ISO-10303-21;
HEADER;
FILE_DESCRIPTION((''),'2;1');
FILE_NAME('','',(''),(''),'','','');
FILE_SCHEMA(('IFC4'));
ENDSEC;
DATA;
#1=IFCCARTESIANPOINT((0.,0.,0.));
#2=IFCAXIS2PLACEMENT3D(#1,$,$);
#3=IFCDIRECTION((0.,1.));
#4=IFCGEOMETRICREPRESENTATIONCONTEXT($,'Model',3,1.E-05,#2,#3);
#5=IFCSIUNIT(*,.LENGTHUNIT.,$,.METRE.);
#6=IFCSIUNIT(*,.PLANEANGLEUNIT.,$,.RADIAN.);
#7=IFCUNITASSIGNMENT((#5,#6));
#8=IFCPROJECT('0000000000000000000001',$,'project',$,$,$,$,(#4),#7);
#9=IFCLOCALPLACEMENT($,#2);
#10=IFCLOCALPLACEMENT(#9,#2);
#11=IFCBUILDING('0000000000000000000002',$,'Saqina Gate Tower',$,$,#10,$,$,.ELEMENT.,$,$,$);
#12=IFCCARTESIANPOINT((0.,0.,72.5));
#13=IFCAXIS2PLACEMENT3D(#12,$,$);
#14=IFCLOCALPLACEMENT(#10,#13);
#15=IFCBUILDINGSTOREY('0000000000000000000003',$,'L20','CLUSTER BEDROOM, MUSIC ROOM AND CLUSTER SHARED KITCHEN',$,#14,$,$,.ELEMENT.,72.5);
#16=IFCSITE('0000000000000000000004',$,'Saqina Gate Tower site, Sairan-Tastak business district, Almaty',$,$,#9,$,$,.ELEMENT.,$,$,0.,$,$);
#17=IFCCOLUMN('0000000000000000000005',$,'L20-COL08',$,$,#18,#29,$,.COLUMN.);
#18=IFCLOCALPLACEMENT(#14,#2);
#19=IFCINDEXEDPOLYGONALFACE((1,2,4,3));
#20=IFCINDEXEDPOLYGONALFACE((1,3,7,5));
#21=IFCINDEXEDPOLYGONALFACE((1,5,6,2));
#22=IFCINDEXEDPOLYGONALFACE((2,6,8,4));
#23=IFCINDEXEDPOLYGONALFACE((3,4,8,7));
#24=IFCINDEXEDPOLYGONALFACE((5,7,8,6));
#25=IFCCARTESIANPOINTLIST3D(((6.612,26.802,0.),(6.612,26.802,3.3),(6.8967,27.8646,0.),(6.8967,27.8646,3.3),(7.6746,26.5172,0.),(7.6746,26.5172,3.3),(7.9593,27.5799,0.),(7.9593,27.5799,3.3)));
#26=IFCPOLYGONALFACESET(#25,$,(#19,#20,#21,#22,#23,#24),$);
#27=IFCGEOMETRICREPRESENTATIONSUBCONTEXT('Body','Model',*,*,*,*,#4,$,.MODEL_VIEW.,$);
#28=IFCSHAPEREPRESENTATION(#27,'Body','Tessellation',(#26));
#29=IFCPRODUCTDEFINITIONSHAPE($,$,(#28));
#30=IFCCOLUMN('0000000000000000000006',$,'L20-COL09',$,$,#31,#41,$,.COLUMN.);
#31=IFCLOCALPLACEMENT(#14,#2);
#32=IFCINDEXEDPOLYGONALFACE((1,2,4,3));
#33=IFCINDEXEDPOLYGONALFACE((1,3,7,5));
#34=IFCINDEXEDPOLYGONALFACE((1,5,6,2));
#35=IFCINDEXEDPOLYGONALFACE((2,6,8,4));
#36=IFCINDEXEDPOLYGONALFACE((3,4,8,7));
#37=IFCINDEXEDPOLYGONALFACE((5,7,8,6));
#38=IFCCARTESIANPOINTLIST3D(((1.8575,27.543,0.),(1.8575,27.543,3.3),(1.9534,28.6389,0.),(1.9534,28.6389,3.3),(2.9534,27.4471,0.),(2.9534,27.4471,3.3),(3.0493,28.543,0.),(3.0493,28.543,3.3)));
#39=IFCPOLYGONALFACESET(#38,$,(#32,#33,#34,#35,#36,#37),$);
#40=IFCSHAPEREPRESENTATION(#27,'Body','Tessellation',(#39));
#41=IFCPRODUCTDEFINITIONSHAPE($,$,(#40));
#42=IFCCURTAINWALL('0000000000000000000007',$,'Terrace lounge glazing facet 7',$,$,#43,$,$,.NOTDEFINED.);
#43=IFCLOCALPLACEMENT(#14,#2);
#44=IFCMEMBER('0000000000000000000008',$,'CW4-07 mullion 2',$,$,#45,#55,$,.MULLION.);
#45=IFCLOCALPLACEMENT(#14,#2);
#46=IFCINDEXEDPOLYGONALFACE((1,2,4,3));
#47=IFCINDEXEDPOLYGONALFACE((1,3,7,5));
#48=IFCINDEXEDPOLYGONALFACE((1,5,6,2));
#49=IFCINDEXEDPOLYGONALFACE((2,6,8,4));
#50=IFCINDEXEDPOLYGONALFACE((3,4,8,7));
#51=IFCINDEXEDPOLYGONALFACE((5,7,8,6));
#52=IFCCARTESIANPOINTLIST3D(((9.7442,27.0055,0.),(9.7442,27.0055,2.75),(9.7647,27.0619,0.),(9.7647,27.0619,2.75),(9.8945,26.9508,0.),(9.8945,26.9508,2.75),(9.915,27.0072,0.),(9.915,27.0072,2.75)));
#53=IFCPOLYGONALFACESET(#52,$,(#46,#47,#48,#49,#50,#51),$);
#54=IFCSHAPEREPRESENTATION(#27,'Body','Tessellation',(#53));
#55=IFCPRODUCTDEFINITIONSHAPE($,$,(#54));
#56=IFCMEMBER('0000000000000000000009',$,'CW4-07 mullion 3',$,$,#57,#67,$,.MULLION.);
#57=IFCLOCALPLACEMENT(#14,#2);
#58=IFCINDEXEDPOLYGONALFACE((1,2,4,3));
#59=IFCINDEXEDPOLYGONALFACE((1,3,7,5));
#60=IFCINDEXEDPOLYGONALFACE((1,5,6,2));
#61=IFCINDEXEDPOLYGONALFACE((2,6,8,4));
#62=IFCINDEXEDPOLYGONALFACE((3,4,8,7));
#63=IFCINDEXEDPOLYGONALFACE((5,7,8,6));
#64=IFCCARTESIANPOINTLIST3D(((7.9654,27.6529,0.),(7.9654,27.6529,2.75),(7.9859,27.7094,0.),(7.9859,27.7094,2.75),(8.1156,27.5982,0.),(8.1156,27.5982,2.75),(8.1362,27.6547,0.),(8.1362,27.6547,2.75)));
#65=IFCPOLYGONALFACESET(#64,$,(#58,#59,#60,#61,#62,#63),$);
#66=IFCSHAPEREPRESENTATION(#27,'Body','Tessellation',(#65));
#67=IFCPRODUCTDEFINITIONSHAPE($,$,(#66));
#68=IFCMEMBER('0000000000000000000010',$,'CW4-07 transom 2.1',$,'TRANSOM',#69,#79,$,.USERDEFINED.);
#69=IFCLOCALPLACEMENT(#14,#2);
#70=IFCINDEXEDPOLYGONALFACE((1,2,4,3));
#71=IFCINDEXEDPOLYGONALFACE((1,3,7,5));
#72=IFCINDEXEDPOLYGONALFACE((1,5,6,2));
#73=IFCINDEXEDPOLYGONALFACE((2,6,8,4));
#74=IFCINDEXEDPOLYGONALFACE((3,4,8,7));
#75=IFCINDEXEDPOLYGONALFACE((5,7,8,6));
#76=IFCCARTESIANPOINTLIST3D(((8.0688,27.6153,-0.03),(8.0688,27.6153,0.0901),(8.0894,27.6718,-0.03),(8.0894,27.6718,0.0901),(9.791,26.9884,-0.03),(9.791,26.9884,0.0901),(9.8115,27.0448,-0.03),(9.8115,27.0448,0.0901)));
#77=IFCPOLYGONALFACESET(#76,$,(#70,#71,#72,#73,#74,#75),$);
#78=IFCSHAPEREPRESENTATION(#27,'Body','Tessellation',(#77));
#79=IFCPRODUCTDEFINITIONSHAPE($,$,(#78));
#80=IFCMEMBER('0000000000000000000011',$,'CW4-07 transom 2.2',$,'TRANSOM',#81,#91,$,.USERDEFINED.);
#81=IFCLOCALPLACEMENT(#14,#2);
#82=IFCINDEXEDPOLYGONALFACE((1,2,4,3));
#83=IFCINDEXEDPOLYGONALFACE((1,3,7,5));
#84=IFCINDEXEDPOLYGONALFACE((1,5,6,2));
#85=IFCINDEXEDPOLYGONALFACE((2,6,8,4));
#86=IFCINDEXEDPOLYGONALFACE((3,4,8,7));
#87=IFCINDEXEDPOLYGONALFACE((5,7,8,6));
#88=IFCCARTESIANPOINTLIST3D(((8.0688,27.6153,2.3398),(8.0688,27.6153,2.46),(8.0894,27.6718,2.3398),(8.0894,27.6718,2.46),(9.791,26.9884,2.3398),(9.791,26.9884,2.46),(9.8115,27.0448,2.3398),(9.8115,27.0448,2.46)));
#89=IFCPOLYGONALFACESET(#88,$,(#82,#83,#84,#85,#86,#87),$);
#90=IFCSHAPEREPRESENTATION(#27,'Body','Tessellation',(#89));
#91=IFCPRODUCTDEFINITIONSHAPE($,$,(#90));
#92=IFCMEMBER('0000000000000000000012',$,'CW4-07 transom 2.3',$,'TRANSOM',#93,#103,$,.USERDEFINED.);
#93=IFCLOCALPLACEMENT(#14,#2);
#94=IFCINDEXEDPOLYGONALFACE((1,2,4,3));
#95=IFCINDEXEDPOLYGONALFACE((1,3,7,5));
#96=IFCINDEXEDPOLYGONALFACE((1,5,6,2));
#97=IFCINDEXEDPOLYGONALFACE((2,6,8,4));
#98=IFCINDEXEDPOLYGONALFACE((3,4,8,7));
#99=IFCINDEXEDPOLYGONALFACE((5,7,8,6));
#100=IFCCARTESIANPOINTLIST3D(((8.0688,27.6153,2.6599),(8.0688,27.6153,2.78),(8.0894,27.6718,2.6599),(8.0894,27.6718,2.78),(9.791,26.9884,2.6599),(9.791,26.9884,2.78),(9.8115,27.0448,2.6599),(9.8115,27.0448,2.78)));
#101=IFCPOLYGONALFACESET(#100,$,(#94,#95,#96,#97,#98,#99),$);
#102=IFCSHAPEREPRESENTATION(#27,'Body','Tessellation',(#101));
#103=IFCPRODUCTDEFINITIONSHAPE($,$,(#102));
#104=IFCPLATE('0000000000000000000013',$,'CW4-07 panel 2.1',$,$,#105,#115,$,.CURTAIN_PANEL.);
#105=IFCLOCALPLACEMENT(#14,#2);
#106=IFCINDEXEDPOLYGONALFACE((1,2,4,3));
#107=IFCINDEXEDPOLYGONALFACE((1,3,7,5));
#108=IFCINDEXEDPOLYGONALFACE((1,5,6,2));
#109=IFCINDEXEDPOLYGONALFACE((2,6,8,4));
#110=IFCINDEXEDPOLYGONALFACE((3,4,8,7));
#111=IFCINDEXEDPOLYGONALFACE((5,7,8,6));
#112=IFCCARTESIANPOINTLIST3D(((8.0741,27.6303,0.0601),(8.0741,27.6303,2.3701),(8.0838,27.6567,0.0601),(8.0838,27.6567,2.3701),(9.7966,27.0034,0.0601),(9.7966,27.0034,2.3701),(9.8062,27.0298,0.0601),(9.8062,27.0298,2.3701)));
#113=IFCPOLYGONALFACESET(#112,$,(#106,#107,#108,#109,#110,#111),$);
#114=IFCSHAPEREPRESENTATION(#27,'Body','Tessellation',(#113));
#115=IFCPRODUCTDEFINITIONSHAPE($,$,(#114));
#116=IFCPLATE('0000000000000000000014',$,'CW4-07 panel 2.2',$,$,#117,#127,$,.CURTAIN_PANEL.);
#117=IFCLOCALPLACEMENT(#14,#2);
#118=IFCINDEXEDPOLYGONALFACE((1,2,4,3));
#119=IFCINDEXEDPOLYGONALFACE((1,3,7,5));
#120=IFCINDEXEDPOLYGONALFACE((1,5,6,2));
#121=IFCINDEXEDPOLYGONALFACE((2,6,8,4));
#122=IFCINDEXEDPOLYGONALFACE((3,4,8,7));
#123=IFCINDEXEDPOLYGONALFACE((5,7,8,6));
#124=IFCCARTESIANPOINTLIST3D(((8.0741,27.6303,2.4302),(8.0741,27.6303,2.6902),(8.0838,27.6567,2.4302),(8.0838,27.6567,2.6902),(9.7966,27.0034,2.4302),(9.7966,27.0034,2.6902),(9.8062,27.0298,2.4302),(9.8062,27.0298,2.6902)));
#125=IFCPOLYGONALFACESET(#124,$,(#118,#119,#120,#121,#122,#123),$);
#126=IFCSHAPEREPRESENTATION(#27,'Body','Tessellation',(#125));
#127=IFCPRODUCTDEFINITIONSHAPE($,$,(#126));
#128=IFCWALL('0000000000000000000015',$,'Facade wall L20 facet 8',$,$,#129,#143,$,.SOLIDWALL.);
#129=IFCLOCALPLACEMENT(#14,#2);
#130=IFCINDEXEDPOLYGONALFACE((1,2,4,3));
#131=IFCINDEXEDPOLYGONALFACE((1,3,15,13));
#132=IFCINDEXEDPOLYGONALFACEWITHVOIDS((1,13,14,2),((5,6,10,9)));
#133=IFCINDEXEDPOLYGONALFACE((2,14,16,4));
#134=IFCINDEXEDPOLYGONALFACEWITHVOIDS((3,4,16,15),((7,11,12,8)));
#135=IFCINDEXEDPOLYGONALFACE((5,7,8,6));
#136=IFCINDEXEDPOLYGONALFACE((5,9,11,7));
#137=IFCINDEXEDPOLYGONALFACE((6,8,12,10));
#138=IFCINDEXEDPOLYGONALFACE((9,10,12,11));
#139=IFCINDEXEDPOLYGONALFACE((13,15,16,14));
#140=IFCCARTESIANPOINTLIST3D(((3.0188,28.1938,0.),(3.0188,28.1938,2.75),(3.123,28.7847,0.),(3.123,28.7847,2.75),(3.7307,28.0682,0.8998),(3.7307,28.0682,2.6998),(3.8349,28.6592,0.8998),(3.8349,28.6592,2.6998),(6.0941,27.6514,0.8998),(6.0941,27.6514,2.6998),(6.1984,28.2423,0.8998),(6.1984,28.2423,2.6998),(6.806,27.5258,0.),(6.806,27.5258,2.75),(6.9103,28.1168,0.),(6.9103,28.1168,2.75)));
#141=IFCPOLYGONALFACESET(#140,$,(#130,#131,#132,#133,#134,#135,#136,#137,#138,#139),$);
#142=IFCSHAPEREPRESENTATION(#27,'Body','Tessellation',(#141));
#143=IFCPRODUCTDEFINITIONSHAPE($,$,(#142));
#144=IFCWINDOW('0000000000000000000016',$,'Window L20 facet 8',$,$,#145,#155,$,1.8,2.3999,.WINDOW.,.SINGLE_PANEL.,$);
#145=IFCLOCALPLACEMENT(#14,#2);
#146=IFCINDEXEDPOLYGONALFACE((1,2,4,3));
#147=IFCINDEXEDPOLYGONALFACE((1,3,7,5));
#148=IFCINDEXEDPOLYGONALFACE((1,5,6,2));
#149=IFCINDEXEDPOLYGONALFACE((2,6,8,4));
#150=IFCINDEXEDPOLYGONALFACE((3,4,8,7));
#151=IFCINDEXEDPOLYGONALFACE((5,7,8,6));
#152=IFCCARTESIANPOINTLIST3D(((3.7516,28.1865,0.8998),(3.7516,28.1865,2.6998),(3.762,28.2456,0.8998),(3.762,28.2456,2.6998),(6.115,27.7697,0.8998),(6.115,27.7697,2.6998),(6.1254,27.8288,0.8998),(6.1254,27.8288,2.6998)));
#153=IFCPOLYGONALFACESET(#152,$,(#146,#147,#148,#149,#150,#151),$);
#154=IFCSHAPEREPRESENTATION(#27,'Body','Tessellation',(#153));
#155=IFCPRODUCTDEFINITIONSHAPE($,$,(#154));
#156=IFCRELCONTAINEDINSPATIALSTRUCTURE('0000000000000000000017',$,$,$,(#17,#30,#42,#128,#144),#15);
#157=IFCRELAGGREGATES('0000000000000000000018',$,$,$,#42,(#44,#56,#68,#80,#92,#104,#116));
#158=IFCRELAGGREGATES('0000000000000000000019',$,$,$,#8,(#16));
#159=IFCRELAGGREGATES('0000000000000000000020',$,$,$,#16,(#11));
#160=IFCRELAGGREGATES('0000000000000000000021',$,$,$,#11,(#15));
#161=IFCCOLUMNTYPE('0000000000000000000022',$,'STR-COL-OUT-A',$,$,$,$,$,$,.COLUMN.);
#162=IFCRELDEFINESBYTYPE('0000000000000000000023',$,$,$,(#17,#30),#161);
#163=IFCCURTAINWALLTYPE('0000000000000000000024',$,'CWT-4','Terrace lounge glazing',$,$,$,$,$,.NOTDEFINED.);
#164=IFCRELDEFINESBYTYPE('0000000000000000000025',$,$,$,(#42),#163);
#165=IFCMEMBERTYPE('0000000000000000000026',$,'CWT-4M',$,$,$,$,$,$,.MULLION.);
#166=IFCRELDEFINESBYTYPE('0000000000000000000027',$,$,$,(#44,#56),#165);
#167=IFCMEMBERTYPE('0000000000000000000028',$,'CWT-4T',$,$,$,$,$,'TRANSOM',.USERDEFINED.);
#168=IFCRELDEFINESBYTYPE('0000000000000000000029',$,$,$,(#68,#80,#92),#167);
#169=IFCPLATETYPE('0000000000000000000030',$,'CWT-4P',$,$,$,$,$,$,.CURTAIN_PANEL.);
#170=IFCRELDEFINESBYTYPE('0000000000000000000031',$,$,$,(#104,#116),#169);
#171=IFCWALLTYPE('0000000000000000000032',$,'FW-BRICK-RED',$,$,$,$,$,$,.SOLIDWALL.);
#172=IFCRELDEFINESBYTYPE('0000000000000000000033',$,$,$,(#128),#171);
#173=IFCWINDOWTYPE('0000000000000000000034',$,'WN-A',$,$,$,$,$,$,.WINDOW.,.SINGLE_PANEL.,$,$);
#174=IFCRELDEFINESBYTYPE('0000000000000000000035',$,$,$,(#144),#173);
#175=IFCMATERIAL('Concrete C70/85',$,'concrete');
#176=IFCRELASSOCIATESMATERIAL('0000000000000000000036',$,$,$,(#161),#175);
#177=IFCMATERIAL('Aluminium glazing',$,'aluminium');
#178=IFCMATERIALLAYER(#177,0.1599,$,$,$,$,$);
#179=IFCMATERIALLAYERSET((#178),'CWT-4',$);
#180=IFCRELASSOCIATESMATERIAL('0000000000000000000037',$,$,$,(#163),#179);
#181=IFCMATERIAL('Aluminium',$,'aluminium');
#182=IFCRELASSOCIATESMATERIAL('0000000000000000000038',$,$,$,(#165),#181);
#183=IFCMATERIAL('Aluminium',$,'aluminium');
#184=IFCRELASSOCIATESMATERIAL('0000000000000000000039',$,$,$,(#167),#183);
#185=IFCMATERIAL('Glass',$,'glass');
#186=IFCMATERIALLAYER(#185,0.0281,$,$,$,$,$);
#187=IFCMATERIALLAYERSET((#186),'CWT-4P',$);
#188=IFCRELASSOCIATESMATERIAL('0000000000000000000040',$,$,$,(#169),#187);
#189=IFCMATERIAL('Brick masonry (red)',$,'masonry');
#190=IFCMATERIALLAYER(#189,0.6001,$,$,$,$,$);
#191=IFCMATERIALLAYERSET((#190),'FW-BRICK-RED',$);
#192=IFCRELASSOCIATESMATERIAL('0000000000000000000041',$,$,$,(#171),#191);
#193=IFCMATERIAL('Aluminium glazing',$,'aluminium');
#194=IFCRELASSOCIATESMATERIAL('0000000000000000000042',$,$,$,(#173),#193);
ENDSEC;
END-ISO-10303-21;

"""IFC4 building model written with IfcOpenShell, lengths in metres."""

from ifc_helpers import new_model, si_unit, direction, frame, frame_2d, origin, origin_2d, place, context, subcontext, project, spatial, rectangle, extrude, material, layer, layer_set, material_profile, profile_set, type_object, element, fill, aggregate, save


model = new_model("IFC4")

# Units and contexts
model_context = context("Model", 3, precision=1e-05, world=origin(), true_north=direction((0.0, 1.0)))
body_context = subcontext(model_context, "Body", "Model", "MODEL_VIEW")
ifc_project = project(units=[si_unit("LENGTHUNIT", "METRE"), si_unit("PLANEANGLEUNIT", "RADIAN")], contexts=[model_context])

# Site, building, storey
site_placement = place(None, origin())
site = spatial("IfcSite", under=ifc_project, at=site_placement, Name="Saqina Gate Tower site, Sairan-Tastak business district, Almaty", CompositionType="ELEMENT", RefElevation=0.0)
building_placement = place(site_placement, origin())
building = spatial("IfcBuilding", under=site, at=building_placement, Name="Saqina Gate Tower", CompositionType="ELEMENT")
storey_placement = place(building_placement, frame((0.0, 0.0, 72.5)))
storey = spatial("IfcBuildingStorey", under=building, at=storey_placement, Name="L20", Description="CLUSTER BEDROOM, MUSIC ROOM AND CLUSTER SHARED KITCHEN", CompositionType="ELEMENT", Elevation=72.5)

# Columns
ifc_material_1 = material(Name="Concrete C70/85", Category="concrete")
ifc_material_profile_1 = material_profile(ifc_material_1, rectangle(XDim=1.1001, YDim=1.1001, at=origin_2d()), Name="RC 1100x1100")
ifc_profile_set_1 = profile_set([ifc_material_profile_1], Name="Concrete C70/85")
column_type = type_object("IfcColumnType", Name="STR-COL-OUT-A", PredefinedType="COLUMN", material=ifc_profile_set_1)
for number, where, z_axis, x_axis, name in (
    (1, (7.2856, 27.1909, 0.0), (0.0, 0.0, 1.0), (0.258819, 0.965926, 0.0), "L20-COL08"),
    (2, (2.4534, 28.043, 0.0), (0.0, 0.0, 1.0), (0.087156, 0.996195, 0.0), "L20-COL09"),
):
    element("IfcColumn", number, at=place(storey_placement, frame(where, z_axis=z_axis, x_axis=x_axis)), inside=storey, type_object=column_type, Name=name, PredefinedType="COLUMN", context=body_context, shape_type="SweptSolid", body=[
        extrude(rectangle(XDim=1.1001, YDim=1.1001, at=origin_2d()), origin(), (0.0, 0.0, 1.0), 3.3),
    ])

# Curtain wall, members, plates
ifc_material_2 = material(Name="Aluminium glazing", Category="aluminium")
ifc_layer_1 = layer(ifc_material_2, 0.1599)
ifc_layer_set_1 = layer_set([ifc_layer_1], Name="CWT-4")
curtain_wall_type = type_object("IfcCurtainWallType", Name="CWT-4", Description="Terrace lounge glazing", PredefinedType="NOTDEFINED", material=ifc_layer_set_1)
curtain_wall_placement = place(storey_placement, origin())
curtain_wall = element("IfcCurtainWall", 3, at=curtain_wall_placement, inside=storey, type_object=curtain_wall_type, Name="Terrace lounge glazing facet 7", PredefinedType="NOTDEFINED")
ifc_material_3 = material(Name="Aluminium", Category="aluminium")
ifc_material_profile_2 = material_profile(ifc_material_3, rectangle(XDim=0.0601, YDim=0.1599, at=origin_2d()), Name="Aluminium 60x160")
ifc_profile_set_2 = profile_set([ifc_material_profile_2], Name="Aluminium")
member_type_1 = type_object("IfcMemberType", Name="CWT-4M", PredefinedType="MULLION", material=ifc_profile_set_2)
member_1_placement = place(storey_placement, frame((9.8296, 27.0063, 0.0), z_axis=(0.0, 0.0, 1.0), x_axis=(-0.342008, -0.939697, 0.0)))
member_1 = element("IfcMember", 4, at=member_1_placement, type_object=member_type_1, Name="CW4-07 mullion 2", PredefinedType="MULLION", context=body_context, shape_type="SweptSolid", body=[
    extrude(rectangle(XDim=0.0601, YDim=0.1599, at=origin_2d()), origin(), (0.0, 0.0, 1.0), 2.75),
])
member_2_placement = place(storey_placement, frame((8.0508, 27.6538, 0.0), z_axis=(0.0, 0.0, 1.0), x_axis=(-0.342008, -0.939697, 0.0)))
member_2 = element("IfcMember", 5, at=member_2_placement, type_object=member_type_1, Name="CW4-07 mullion 3", PredefinedType="MULLION", context=body_context, shape_type="SweptSolid", body=[
    extrude(rectangle(XDim=0.0601, YDim=0.1599, at=origin_2d()), origin(), (0.0, 0.0, 1.0), 2.75),
])
ifc_material_4 = material(Name="Aluminium", Category="aluminium")
ifc_material_profile_3 = material_profile(ifc_material_4, rectangle(XDim=0.0601, YDim=0.1201, at=origin_2d()), Name="Aluminium 60x120")
ifc_profile_set_3 = profile_set([ifc_material_profile_3], Name="Aluminium")
member_type_2 = type_object("IfcMemberType", Name="CWT-4T", ElementType="TRANSOM", PredefinedType="USERDEFINED", material=ifc_profile_set_3)
member_3_placement = place(storey_placement, frame((9.8013, 27.0166, 0.03), z_axis=(-0.939669, 0.342085, 0.0), x_axis=(-0.342085, -0.939669, 0.0)))
member_3 = element("IfcMember", 6, at=member_3_placement, type_object=member_type_2, Name="CW4-07 transom 2.1", ObjectType="TRANSOM", PredefinedType="USERDEFINED", context=body_context, shape_type="SweptSolid", body=[
    extrude(rectangle(XDim=0.0601, YDim=0.1201, at=origin_2d()), origin(), (0.0, 0.0, 1.0), 1.8328),
])
member_4_placement = place(storey_placement, frame((9.8013, 27.0166, 2.3999), z_axis=(-0.939669, 0.342085, 0.0), x_axis=(-0.342085, -0.939669, 0.0)))
member_4 = element("IfcMember", 7, at=member_4_placement, type_object=member_type_2, Name="CW4-07 transom 2.2", ObjectType="TRANSOM", PredefinedType="USERDEFINED", context=body_context, shape_type="SweptSolid", body=[
    extrude(rectangle(XDim=0.0601, YDim=0.1201, at=origin_2d()), origin(), (0.0, 0.0, 1.0), 1.8328),
])
member_5_placement = place(storey_placement, frame((9.8013, 27.0166, 2.72), z_axis=(-0.939669, 0.342085, 0.0), x_axis=(-0.342085, -0.939669, 0.0)))
member_5 = element("IfcMember", 8, at=member_5_placement, type_object=member_type_2, Name="CW4-07 transom 2.3", ObjectType="TRANSOM", PredefinedType="USERDEFINED", context=body_context, shape_type="SweptSolid", body=[
    extrude(rectangle(XDim=0.0601, YDim=0.1201, at=origin_2d()), origin(), (0.0, 0.0, 1.0), 1.8328),
])
ifc_material_5 = material(Name="Glass", Category="glass")
ifc_layer_2 = layer(ifc_material_5, 0.0281)
ifc_layer_set_2 = layer_set([ifc_layer_2], Name="CWT-4P")
plate_type = type_object("IfcPlateType", Name="CWT-4P", PredefinedType="CURTAIN_PANEL", material=ifc_layer_set_2)
plate_1_placement = place(storey_placement, frame((8.9402, 27.3301, 0.0601), z_axis=(0.0, 0.0, 1.0), x_axis=(-0.939697, 0.342008, 0.0)))
plate_1 = element("IfcPlate", 9, at=plate_1_placement, type_object=plate_type, Name="CW4-07 panel 2.1", PredefinedType="CURTAIN_PANEL", context=body_context, shape_type="SweptSolid", body=[
    extrude(rectangle(XDim=1.833, YDim=0.0281, at=origin_2d()), origin(), (0.0, 0.0, 1.0), 2.3101),
])
plate_2_placement = place(storey_placement, frame((8.9402, 27.3301, 2.4302), z_axis=(0.0, 0.0, 1.0), x_axis=(-0.939697, 0.342008, 0.0)))
plate_2 = element("IfcPlate", 10, at=plate_2_placement, type_object=plate_type, Name="CW4-07 panel 2.2", PredefinedType="CURTAIN_PANEL", context=body_context, shape_type="SweptSolid", body=[
    extrude(rectangle(XDim=1.833, YDim=0.0281, at=origin_2d()), origin(), (0.0, 0.0, 1.0), 0.26),
])
aggregate(curtain_wall, [member_1, member_2, member_3, member_4, member_5, plate_1, plate_2])

# Wall, opening, window
ifc_material_6 = material(Name="Brick masonry (red)", Category="masonry")
ifc_layer_3 = layer(ifc_material_6, 0.6001)
ifc_layer_set_3 = layer_set([ifc_layer_3], Name="FW-BRICK-RED")
wall_type = type_object("IfcWallType", Name="FW-BRICK-RED", PredefinedType="SOLIDWALL", material=ifc_layer_set_3)
wall_1_placement = place(storey_placement, frame((6.8582, 27.8213, 0.0), z_axis=(0.0, 0.0, 1.0), x_axis=(-0.984801, 0.173688, 0.0)))
wall_1 = element("IfcWall", 11, at=wall_1_placement, inside=storey, type_object=wall_type, Name="Facade wall L20 facet 8", PredefinedType="SOLIDWALL", context=body_context, shape_type="SweptSolid", body=[
    extrude(rectangle(XDim=3.8457, YDim=0.6001, at=frame_2d((1.9229, 0.0))), origin(), (0.0, 0.0, 1.0), 2.75),
])
opening_1_placement = place(wall_1_placement, frame((0.7229, 0.0, 0.8999)))
opening_1 = element("IfcOpeningElement", 12, at=opening_1_placement, cuts=wall_1, PredefinedType="OPENING", context=body_context, shape_type="SweptSolid", body=[
    extrude(rectangle(XDim=2.3999, YDim=1.8, at=frame_2d((1.2, 0.8999))), frame((0.0, 0.312, 0.0), z_axis=(0.0, -1.0, 0.0), x_axis=(1.0, 0.0, 0.0)), (0.0, 0.0, 1.0), 0.624),
])
ifc_material_7 = material(Name="Aluminium glazing", Category="aluminium")
window_type = type_object("IfcWindowType", Name="WN-A", PartitioningType="SINGLE_PANEL", PredefinedType="WINDOW", material=ifc_material_7)
window_1_placement = place(opening_1_placement, origin())
window_1 = element("IfcWindow", 13, at=window_1_placement, inside=storey, type_object=window_type, Name="Window L20 facet 8", OverallHeight=1.8, OverallWidth=2.3999, PartitioningType="SINGLE_PANEL", PredefinedType="WINDOW", context=body_context, shape_type="SweptSolid", body=[
    extrude(rectangle(XDim=2.3999, YDim=1.8, at=frame_2d((1.2, 0.8999))), frame((0.0, 0.1799, 0.0), z_axis=(0.0, -1.0, 0.0), x_axis=(1.0, 0.0, 0.0)), (0.0, 0.0, 1.0), 0.0601),
])
fill(opening_1, window_1)

save(model, "model.ifc")
